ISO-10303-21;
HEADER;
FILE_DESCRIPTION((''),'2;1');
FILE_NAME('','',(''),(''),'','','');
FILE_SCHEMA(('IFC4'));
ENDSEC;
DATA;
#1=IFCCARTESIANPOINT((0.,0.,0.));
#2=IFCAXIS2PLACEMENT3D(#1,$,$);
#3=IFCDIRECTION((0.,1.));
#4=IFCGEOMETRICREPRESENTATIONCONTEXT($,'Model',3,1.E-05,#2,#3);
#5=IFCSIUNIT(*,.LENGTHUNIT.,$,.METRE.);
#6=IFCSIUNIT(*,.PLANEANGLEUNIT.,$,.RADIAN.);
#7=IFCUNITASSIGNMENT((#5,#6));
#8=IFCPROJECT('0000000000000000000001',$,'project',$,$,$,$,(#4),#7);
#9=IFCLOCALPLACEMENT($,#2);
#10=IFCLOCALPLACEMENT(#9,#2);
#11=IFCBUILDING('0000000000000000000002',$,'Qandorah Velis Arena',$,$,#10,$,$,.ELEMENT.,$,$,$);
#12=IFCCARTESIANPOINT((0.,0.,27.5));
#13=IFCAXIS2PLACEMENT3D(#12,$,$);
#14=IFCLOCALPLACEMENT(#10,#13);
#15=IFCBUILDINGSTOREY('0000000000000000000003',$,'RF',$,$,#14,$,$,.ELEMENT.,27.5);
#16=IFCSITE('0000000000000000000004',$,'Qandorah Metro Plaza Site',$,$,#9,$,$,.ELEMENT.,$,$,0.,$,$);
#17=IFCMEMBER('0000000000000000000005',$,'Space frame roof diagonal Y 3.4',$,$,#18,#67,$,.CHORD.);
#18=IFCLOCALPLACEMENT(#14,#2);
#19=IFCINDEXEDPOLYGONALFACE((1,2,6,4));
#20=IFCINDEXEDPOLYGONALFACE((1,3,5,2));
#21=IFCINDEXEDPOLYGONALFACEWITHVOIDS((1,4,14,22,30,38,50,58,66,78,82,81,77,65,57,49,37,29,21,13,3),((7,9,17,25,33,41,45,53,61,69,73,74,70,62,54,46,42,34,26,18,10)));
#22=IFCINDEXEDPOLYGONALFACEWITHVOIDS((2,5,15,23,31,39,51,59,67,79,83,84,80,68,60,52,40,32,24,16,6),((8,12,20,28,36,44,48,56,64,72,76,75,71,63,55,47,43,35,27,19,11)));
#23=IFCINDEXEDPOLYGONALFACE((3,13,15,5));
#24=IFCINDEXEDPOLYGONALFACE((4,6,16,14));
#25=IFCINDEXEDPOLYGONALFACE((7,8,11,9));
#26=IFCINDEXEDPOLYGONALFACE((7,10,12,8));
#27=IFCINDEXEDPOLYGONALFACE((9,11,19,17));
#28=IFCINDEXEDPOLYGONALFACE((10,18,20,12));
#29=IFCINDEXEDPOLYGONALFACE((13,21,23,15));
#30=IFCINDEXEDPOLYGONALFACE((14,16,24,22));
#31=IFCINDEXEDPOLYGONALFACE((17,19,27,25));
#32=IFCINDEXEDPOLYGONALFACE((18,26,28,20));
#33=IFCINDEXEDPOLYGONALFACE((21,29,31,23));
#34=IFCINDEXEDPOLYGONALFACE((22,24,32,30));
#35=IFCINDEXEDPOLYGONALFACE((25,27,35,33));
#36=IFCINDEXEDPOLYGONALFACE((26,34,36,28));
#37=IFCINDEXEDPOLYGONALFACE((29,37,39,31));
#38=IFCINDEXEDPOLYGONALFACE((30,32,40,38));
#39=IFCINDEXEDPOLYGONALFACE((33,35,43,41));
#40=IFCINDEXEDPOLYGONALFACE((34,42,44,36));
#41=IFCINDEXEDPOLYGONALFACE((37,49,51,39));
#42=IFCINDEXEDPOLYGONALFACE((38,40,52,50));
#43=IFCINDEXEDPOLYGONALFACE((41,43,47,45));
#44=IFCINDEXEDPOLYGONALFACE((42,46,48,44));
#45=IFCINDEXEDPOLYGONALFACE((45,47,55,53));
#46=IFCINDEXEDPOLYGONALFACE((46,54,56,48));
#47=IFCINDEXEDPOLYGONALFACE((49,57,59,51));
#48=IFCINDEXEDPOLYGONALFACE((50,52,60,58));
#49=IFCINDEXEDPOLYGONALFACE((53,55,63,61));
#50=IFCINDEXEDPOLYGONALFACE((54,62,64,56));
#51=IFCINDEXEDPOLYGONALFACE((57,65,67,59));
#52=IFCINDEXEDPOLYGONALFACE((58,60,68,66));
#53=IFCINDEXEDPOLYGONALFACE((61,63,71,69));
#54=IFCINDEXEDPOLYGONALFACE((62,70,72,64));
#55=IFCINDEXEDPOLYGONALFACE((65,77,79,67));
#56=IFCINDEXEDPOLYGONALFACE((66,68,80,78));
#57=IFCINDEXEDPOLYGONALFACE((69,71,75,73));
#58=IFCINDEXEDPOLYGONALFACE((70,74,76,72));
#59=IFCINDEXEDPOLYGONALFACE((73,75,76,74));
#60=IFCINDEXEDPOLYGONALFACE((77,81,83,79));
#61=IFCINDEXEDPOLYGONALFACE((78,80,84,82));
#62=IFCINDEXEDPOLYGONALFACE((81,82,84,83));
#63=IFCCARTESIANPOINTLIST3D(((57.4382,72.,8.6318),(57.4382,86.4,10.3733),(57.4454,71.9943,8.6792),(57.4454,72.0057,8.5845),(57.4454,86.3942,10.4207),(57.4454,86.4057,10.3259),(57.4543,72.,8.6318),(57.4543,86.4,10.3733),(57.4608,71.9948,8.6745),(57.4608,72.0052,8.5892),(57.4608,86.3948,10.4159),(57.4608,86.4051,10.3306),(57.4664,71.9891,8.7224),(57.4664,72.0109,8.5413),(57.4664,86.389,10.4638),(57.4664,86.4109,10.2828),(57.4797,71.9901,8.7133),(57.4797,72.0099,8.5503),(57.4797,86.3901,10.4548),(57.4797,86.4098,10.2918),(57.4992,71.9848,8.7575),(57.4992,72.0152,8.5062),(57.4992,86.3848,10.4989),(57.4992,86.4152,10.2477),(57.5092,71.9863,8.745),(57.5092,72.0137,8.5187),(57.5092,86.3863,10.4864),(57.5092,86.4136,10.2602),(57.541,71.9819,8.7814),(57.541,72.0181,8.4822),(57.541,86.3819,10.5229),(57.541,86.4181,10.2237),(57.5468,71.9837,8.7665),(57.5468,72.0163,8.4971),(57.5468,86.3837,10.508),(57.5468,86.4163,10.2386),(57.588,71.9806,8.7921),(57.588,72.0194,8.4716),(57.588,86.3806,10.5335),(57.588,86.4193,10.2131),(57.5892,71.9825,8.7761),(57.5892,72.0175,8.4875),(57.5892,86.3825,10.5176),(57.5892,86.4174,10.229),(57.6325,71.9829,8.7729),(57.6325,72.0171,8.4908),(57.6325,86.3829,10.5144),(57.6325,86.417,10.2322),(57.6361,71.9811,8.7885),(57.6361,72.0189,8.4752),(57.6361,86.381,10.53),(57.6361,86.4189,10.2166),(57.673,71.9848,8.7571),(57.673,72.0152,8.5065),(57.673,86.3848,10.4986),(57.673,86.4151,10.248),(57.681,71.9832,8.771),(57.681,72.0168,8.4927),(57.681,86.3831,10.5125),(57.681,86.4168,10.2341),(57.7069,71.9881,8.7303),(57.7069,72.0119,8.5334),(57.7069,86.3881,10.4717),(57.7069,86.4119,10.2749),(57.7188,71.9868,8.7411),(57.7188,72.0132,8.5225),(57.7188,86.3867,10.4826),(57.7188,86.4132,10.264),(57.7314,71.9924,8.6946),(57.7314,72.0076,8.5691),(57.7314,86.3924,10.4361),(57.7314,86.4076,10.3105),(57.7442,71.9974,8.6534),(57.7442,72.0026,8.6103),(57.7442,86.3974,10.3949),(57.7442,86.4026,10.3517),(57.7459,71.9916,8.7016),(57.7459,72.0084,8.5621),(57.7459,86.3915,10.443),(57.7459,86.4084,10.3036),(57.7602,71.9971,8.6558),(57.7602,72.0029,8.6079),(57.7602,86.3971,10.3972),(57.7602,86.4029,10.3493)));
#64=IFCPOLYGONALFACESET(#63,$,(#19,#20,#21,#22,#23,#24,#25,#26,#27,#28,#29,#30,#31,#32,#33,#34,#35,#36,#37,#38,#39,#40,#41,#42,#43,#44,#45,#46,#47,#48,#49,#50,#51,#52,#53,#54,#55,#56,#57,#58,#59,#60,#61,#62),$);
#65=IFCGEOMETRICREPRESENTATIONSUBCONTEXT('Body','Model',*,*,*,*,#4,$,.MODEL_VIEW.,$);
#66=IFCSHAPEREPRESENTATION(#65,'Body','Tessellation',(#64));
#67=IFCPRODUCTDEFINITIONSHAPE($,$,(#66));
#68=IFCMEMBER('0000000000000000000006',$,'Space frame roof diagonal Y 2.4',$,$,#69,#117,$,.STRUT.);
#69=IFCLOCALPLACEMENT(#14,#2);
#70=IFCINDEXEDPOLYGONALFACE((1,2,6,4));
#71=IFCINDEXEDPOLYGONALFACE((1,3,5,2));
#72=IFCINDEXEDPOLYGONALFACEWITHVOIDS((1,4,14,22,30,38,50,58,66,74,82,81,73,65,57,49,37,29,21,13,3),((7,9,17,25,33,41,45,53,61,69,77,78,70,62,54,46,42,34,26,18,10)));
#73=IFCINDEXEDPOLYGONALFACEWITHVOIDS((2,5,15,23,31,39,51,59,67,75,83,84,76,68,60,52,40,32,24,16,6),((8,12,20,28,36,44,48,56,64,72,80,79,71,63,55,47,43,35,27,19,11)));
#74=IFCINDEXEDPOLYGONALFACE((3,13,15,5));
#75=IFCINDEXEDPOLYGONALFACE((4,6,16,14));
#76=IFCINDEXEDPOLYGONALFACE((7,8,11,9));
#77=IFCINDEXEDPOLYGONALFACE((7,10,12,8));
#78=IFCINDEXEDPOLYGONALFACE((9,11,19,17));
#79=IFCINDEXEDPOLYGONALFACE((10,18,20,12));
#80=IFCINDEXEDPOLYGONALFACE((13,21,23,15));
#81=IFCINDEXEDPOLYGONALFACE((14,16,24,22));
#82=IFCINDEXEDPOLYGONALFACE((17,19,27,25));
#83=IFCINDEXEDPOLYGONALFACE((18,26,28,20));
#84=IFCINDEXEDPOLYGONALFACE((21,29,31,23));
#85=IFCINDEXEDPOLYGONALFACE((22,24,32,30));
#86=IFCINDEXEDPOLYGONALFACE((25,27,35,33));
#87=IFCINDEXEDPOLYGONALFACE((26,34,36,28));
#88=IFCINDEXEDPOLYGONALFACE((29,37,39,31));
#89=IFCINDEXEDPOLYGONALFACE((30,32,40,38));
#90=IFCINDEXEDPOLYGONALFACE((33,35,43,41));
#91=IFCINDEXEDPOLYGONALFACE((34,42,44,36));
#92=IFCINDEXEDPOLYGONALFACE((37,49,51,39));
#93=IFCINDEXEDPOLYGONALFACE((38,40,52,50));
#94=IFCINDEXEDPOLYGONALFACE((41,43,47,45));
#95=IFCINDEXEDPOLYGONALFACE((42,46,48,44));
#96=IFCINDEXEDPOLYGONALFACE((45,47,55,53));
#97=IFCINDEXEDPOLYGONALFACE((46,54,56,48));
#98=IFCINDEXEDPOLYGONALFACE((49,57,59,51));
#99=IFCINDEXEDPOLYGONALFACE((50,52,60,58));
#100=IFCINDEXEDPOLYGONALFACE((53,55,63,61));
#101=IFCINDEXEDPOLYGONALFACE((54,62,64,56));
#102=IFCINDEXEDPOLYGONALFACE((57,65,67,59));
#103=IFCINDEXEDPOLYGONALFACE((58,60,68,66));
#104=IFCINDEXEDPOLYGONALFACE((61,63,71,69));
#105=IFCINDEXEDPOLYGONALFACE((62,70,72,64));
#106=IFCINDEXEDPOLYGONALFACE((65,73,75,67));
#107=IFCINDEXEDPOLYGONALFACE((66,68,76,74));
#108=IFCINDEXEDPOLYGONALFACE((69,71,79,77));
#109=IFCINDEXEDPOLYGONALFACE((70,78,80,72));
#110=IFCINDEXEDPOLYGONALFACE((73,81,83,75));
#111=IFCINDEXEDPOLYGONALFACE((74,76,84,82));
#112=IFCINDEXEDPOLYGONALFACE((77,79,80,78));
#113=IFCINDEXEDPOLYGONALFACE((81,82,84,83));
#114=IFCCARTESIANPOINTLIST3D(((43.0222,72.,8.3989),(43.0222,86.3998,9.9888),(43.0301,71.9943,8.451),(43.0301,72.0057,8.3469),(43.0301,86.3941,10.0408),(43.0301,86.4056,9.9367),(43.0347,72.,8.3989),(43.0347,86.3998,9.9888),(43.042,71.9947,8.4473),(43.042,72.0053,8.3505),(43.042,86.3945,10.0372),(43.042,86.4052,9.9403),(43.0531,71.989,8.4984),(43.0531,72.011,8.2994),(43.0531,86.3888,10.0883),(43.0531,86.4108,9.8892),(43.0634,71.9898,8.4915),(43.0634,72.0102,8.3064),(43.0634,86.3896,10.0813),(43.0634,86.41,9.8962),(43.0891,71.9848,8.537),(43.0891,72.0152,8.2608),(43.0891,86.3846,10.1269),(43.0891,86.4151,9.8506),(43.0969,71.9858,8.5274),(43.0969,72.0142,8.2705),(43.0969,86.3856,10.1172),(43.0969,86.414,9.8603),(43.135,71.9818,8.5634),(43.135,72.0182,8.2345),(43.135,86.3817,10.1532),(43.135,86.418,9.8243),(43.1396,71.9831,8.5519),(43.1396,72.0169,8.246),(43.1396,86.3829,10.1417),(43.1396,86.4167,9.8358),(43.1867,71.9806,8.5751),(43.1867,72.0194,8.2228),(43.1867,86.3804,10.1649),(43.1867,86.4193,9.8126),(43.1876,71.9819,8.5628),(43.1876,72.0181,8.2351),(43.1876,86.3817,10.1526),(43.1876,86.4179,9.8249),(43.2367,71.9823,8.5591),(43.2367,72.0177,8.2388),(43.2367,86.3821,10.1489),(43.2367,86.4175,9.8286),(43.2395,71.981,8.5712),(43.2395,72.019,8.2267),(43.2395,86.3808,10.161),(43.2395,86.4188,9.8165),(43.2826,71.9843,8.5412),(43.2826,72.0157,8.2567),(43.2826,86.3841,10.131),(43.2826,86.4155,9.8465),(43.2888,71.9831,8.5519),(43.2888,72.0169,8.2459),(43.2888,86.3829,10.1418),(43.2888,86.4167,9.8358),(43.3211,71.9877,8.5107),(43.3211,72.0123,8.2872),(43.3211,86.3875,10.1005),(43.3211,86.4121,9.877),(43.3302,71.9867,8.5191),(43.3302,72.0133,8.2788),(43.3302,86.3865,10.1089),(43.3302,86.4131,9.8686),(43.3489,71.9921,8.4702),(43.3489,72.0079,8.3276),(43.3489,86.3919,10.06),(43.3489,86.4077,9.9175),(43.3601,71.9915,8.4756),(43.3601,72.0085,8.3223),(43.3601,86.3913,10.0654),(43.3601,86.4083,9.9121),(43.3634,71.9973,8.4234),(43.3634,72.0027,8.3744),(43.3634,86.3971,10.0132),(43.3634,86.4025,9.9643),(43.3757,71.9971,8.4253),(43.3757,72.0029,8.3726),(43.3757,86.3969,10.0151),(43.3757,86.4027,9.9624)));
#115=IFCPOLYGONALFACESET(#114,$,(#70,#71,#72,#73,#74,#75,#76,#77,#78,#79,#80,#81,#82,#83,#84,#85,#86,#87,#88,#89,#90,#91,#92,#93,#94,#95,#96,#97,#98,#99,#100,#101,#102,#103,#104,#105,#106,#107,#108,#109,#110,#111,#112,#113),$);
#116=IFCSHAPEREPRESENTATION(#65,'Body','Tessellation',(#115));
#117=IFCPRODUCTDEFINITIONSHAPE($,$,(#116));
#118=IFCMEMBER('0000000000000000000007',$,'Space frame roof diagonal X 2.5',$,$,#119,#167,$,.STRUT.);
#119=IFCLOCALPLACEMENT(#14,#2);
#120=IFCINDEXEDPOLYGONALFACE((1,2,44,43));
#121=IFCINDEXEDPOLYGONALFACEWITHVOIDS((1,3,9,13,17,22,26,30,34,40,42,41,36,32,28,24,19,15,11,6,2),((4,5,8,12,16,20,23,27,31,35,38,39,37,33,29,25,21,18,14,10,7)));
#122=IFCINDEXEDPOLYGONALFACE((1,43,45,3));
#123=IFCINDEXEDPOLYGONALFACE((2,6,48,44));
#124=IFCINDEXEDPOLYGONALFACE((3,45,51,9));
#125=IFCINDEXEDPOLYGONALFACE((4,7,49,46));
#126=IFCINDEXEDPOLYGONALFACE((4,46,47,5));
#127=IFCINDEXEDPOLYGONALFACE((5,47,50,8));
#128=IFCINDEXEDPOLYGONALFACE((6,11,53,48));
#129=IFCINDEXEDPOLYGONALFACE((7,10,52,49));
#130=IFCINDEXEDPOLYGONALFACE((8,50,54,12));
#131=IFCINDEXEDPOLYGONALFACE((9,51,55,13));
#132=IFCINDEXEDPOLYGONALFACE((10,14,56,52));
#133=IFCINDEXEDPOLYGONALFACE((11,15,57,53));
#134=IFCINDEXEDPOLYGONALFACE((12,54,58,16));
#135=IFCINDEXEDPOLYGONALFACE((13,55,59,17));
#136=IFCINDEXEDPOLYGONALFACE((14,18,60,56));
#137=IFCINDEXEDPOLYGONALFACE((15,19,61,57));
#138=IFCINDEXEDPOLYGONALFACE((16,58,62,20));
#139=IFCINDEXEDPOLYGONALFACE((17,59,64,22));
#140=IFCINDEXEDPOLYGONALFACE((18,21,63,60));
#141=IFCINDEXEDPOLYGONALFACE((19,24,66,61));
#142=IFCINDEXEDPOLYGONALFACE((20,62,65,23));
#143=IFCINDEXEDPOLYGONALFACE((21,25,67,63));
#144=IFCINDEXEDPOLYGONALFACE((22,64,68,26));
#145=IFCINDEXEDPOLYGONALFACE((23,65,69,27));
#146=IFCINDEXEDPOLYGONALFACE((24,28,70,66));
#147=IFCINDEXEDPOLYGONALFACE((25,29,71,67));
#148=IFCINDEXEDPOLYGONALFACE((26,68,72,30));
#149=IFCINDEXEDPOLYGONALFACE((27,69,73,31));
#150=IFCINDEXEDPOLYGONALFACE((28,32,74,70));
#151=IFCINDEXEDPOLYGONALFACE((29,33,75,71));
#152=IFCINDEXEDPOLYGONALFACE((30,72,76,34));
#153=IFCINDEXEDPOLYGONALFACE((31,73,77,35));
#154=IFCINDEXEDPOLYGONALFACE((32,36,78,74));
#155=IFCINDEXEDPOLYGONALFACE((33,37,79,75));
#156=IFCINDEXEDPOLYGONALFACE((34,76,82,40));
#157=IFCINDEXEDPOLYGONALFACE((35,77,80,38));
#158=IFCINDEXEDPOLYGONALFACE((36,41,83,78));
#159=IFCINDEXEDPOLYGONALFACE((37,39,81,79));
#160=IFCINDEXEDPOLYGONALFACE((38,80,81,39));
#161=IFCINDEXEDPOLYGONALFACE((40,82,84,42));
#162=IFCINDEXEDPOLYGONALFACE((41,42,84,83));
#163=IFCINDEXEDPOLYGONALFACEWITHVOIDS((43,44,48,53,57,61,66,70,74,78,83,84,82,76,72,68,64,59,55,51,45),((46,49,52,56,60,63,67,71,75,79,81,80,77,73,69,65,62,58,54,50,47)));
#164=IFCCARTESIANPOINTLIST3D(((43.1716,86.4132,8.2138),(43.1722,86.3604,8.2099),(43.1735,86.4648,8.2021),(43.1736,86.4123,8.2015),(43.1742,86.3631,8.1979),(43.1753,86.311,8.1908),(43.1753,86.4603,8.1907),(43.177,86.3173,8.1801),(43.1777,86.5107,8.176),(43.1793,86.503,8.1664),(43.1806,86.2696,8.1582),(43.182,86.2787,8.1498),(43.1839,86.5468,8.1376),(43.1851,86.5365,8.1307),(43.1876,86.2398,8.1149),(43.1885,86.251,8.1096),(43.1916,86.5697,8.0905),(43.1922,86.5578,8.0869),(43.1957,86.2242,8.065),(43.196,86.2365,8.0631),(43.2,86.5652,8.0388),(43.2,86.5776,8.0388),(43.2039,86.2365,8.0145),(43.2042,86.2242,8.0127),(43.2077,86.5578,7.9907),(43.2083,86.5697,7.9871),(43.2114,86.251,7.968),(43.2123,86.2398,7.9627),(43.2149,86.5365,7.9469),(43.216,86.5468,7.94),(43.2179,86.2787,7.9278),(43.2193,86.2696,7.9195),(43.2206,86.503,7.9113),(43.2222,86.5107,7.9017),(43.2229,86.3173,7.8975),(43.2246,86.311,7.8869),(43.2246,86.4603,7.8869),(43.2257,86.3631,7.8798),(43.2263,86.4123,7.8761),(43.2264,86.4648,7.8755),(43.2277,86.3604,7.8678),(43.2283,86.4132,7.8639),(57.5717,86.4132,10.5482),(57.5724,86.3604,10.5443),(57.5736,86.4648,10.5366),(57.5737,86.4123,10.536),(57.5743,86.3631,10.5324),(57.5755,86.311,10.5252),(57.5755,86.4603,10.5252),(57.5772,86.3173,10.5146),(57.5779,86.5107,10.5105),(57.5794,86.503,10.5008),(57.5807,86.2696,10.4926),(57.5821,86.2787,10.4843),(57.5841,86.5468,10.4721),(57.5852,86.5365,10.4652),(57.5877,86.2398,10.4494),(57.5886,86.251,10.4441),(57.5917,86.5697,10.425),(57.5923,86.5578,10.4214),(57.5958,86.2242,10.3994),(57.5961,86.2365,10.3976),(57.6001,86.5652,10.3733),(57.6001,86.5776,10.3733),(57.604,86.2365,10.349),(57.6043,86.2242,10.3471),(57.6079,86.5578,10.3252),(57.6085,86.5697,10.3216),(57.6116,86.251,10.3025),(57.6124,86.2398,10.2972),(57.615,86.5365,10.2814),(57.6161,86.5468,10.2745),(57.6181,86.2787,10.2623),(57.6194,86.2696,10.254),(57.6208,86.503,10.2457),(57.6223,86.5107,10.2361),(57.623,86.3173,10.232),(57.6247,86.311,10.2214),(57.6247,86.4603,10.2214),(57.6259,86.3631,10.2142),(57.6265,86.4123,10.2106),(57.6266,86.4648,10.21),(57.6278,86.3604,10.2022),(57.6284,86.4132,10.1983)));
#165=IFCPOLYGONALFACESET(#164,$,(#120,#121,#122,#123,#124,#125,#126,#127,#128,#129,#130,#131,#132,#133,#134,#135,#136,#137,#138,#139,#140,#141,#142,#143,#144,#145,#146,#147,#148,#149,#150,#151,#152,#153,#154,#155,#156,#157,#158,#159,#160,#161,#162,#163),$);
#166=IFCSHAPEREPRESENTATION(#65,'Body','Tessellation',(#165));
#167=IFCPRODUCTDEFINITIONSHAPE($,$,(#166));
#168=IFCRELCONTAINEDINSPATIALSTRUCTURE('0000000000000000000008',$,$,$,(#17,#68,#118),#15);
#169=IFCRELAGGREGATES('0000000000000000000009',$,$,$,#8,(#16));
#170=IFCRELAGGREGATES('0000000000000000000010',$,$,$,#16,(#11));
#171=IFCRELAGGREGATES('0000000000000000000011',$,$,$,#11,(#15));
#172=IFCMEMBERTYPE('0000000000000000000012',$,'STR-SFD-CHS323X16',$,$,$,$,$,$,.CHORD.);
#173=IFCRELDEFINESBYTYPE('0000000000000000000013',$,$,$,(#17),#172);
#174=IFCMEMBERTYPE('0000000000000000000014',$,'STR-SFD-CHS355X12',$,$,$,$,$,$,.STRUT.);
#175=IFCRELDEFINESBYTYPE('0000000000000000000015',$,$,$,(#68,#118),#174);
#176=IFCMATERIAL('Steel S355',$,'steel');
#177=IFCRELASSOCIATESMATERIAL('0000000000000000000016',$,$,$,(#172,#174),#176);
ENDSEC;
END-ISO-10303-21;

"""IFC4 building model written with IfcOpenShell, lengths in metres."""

from ifc_helpers import new_model, si_unit, direction, frame, origin, origin_2d, place, context, subcontext, project, spatial, hollow_circle, extrude, material, material_profile, profile_set, type_object, element, save


model = new_model("IFC4")

# Units and contexts
model_context = context("Model", 3, precision=1e-05, world=origin(), true_north=direction((0.0, 1.0)))
body_context = subcontext(model_context, "Body", "Model", "MODEL_VIEW")
ifc_project = project(units=[si_unit("LENGTHUNIT", "METRE"), si_unit("PLANEANGLEUNIT", "RADIAN")], contexts=[model_context])

# Site, building, storey
site_placement = place(None, origin())
site = spatial("IfcSite", under=ifc_project, at=site_placement, Name="Qandorah Metro Plaza Site", CompositionType="ELEMENT", RefElevation=0.0)
building_placement = place(site_placement, origin())
building = spatial("IfcBuilding", under=site, at=building_placement, Name="Qandorah Velis Arena", CompositionType="ELEMENT")
storey_placement = place(building_placement, frame((0.0, 0.0, 27.5)))
storey = spatial("IfcBuildingStorey", under=building, at=storey_placement, Name="RF", CompositionType="ELEMENT", Elevation=27.5)

# Shared definitions
ifc_material_1 = material(Name="Steel S355", Category="steel")

# Members
ifc_material_profile_1 = material_profile(ifc_material_1, hollow_circle(Radius=0.1619, WallThickness=0.0161, at=origin_2d()), Name="CHS 323.9x16")
ifc_profile_set_1 = profile_set([ifc_material_profile_1], Name="Steel S355")
member_type_1 = type_object("IfcMemberType", Name="STR-SFD-CHS323X16", PredefinedType="CHORD", material=ifc_profile_set_1)
member_1_placement = place(storey_placement, frame((57.6001, 72.0, 8.6318), z_axis=(0.0, 0.992767, 0.12006), x_axis=(-1.0, 0.0, 0.0)))
element("IfcMember", 1, at=member_1_placement, inside=storey, type_object=member_type_1, Name="Space frame roof diagonal Y 3.4", PredefinedType="CHORD", context=body_context, shape_type="SweptSolid", body=[
    extrude(hollow_circle(Radius=0.1619, WallThickness=0.0161, at=origin_2d()), origin(), (0.0, 0.0, 1.0), 14.5049),
])
ifc_material_profile_2 = material_profile(ifc_material_1, hollow_circle(Radius=0.1777, WallThickness=0.0125, at=origin_2d()), Name="CHS 355.6x12.5")
ifc_profile_set_2 = profile_set([ifc_material_profile_2], Name="Steel S355")
member_type_2 = type_object("IfcMemberType", Name="STR-SFD-CHS355X12", PredefinedType="STRUT", material=ifc_profile_set_2)
member_2_placement = place(storey_placement, frame((43.2, 72.0, 8.3989), z_axis=(0.0, 0.99396, 0.10974), x_axis=(-1.0, 0.0, 0.0)))
element("IfcMember", 2, at=member_2_placement, inside=storey, type_object=member_type_2, Name="Space frame roof diagonal Y 2.4", PredefinedType="STRUT", context=body_context, shape_type="SweptSolid", body=[
    extrude(hollow_circle(Radius=0.1777, WallThickness=0.0125, at=origin_2d()), origin(), (0.0, 0.0, 1.0), 14.4873),
])
member_3_placement = place(storey_placement, frame((43.2, 86.3999, 8.0388), z_axis=(0.987113, 0.0, 0.160025), x_axis=(0.0, 1.0, 0.0)))
element("IfcMember", 3, at=member_3_placement, inside=storey, type_object=member_type_2, Name="Space frame roof diagonal X 2.5", PredefinedType="STRUT", context=body_context, shape_type="SweptSolid", body=[
    extrude(hollow_circle(Radius=0.1777, WallThickness=0.0125, at=origin_2d()), origin(), (0.0, 0.0, 1.0), 14.5881),
])

save(model, "model.ifc")
